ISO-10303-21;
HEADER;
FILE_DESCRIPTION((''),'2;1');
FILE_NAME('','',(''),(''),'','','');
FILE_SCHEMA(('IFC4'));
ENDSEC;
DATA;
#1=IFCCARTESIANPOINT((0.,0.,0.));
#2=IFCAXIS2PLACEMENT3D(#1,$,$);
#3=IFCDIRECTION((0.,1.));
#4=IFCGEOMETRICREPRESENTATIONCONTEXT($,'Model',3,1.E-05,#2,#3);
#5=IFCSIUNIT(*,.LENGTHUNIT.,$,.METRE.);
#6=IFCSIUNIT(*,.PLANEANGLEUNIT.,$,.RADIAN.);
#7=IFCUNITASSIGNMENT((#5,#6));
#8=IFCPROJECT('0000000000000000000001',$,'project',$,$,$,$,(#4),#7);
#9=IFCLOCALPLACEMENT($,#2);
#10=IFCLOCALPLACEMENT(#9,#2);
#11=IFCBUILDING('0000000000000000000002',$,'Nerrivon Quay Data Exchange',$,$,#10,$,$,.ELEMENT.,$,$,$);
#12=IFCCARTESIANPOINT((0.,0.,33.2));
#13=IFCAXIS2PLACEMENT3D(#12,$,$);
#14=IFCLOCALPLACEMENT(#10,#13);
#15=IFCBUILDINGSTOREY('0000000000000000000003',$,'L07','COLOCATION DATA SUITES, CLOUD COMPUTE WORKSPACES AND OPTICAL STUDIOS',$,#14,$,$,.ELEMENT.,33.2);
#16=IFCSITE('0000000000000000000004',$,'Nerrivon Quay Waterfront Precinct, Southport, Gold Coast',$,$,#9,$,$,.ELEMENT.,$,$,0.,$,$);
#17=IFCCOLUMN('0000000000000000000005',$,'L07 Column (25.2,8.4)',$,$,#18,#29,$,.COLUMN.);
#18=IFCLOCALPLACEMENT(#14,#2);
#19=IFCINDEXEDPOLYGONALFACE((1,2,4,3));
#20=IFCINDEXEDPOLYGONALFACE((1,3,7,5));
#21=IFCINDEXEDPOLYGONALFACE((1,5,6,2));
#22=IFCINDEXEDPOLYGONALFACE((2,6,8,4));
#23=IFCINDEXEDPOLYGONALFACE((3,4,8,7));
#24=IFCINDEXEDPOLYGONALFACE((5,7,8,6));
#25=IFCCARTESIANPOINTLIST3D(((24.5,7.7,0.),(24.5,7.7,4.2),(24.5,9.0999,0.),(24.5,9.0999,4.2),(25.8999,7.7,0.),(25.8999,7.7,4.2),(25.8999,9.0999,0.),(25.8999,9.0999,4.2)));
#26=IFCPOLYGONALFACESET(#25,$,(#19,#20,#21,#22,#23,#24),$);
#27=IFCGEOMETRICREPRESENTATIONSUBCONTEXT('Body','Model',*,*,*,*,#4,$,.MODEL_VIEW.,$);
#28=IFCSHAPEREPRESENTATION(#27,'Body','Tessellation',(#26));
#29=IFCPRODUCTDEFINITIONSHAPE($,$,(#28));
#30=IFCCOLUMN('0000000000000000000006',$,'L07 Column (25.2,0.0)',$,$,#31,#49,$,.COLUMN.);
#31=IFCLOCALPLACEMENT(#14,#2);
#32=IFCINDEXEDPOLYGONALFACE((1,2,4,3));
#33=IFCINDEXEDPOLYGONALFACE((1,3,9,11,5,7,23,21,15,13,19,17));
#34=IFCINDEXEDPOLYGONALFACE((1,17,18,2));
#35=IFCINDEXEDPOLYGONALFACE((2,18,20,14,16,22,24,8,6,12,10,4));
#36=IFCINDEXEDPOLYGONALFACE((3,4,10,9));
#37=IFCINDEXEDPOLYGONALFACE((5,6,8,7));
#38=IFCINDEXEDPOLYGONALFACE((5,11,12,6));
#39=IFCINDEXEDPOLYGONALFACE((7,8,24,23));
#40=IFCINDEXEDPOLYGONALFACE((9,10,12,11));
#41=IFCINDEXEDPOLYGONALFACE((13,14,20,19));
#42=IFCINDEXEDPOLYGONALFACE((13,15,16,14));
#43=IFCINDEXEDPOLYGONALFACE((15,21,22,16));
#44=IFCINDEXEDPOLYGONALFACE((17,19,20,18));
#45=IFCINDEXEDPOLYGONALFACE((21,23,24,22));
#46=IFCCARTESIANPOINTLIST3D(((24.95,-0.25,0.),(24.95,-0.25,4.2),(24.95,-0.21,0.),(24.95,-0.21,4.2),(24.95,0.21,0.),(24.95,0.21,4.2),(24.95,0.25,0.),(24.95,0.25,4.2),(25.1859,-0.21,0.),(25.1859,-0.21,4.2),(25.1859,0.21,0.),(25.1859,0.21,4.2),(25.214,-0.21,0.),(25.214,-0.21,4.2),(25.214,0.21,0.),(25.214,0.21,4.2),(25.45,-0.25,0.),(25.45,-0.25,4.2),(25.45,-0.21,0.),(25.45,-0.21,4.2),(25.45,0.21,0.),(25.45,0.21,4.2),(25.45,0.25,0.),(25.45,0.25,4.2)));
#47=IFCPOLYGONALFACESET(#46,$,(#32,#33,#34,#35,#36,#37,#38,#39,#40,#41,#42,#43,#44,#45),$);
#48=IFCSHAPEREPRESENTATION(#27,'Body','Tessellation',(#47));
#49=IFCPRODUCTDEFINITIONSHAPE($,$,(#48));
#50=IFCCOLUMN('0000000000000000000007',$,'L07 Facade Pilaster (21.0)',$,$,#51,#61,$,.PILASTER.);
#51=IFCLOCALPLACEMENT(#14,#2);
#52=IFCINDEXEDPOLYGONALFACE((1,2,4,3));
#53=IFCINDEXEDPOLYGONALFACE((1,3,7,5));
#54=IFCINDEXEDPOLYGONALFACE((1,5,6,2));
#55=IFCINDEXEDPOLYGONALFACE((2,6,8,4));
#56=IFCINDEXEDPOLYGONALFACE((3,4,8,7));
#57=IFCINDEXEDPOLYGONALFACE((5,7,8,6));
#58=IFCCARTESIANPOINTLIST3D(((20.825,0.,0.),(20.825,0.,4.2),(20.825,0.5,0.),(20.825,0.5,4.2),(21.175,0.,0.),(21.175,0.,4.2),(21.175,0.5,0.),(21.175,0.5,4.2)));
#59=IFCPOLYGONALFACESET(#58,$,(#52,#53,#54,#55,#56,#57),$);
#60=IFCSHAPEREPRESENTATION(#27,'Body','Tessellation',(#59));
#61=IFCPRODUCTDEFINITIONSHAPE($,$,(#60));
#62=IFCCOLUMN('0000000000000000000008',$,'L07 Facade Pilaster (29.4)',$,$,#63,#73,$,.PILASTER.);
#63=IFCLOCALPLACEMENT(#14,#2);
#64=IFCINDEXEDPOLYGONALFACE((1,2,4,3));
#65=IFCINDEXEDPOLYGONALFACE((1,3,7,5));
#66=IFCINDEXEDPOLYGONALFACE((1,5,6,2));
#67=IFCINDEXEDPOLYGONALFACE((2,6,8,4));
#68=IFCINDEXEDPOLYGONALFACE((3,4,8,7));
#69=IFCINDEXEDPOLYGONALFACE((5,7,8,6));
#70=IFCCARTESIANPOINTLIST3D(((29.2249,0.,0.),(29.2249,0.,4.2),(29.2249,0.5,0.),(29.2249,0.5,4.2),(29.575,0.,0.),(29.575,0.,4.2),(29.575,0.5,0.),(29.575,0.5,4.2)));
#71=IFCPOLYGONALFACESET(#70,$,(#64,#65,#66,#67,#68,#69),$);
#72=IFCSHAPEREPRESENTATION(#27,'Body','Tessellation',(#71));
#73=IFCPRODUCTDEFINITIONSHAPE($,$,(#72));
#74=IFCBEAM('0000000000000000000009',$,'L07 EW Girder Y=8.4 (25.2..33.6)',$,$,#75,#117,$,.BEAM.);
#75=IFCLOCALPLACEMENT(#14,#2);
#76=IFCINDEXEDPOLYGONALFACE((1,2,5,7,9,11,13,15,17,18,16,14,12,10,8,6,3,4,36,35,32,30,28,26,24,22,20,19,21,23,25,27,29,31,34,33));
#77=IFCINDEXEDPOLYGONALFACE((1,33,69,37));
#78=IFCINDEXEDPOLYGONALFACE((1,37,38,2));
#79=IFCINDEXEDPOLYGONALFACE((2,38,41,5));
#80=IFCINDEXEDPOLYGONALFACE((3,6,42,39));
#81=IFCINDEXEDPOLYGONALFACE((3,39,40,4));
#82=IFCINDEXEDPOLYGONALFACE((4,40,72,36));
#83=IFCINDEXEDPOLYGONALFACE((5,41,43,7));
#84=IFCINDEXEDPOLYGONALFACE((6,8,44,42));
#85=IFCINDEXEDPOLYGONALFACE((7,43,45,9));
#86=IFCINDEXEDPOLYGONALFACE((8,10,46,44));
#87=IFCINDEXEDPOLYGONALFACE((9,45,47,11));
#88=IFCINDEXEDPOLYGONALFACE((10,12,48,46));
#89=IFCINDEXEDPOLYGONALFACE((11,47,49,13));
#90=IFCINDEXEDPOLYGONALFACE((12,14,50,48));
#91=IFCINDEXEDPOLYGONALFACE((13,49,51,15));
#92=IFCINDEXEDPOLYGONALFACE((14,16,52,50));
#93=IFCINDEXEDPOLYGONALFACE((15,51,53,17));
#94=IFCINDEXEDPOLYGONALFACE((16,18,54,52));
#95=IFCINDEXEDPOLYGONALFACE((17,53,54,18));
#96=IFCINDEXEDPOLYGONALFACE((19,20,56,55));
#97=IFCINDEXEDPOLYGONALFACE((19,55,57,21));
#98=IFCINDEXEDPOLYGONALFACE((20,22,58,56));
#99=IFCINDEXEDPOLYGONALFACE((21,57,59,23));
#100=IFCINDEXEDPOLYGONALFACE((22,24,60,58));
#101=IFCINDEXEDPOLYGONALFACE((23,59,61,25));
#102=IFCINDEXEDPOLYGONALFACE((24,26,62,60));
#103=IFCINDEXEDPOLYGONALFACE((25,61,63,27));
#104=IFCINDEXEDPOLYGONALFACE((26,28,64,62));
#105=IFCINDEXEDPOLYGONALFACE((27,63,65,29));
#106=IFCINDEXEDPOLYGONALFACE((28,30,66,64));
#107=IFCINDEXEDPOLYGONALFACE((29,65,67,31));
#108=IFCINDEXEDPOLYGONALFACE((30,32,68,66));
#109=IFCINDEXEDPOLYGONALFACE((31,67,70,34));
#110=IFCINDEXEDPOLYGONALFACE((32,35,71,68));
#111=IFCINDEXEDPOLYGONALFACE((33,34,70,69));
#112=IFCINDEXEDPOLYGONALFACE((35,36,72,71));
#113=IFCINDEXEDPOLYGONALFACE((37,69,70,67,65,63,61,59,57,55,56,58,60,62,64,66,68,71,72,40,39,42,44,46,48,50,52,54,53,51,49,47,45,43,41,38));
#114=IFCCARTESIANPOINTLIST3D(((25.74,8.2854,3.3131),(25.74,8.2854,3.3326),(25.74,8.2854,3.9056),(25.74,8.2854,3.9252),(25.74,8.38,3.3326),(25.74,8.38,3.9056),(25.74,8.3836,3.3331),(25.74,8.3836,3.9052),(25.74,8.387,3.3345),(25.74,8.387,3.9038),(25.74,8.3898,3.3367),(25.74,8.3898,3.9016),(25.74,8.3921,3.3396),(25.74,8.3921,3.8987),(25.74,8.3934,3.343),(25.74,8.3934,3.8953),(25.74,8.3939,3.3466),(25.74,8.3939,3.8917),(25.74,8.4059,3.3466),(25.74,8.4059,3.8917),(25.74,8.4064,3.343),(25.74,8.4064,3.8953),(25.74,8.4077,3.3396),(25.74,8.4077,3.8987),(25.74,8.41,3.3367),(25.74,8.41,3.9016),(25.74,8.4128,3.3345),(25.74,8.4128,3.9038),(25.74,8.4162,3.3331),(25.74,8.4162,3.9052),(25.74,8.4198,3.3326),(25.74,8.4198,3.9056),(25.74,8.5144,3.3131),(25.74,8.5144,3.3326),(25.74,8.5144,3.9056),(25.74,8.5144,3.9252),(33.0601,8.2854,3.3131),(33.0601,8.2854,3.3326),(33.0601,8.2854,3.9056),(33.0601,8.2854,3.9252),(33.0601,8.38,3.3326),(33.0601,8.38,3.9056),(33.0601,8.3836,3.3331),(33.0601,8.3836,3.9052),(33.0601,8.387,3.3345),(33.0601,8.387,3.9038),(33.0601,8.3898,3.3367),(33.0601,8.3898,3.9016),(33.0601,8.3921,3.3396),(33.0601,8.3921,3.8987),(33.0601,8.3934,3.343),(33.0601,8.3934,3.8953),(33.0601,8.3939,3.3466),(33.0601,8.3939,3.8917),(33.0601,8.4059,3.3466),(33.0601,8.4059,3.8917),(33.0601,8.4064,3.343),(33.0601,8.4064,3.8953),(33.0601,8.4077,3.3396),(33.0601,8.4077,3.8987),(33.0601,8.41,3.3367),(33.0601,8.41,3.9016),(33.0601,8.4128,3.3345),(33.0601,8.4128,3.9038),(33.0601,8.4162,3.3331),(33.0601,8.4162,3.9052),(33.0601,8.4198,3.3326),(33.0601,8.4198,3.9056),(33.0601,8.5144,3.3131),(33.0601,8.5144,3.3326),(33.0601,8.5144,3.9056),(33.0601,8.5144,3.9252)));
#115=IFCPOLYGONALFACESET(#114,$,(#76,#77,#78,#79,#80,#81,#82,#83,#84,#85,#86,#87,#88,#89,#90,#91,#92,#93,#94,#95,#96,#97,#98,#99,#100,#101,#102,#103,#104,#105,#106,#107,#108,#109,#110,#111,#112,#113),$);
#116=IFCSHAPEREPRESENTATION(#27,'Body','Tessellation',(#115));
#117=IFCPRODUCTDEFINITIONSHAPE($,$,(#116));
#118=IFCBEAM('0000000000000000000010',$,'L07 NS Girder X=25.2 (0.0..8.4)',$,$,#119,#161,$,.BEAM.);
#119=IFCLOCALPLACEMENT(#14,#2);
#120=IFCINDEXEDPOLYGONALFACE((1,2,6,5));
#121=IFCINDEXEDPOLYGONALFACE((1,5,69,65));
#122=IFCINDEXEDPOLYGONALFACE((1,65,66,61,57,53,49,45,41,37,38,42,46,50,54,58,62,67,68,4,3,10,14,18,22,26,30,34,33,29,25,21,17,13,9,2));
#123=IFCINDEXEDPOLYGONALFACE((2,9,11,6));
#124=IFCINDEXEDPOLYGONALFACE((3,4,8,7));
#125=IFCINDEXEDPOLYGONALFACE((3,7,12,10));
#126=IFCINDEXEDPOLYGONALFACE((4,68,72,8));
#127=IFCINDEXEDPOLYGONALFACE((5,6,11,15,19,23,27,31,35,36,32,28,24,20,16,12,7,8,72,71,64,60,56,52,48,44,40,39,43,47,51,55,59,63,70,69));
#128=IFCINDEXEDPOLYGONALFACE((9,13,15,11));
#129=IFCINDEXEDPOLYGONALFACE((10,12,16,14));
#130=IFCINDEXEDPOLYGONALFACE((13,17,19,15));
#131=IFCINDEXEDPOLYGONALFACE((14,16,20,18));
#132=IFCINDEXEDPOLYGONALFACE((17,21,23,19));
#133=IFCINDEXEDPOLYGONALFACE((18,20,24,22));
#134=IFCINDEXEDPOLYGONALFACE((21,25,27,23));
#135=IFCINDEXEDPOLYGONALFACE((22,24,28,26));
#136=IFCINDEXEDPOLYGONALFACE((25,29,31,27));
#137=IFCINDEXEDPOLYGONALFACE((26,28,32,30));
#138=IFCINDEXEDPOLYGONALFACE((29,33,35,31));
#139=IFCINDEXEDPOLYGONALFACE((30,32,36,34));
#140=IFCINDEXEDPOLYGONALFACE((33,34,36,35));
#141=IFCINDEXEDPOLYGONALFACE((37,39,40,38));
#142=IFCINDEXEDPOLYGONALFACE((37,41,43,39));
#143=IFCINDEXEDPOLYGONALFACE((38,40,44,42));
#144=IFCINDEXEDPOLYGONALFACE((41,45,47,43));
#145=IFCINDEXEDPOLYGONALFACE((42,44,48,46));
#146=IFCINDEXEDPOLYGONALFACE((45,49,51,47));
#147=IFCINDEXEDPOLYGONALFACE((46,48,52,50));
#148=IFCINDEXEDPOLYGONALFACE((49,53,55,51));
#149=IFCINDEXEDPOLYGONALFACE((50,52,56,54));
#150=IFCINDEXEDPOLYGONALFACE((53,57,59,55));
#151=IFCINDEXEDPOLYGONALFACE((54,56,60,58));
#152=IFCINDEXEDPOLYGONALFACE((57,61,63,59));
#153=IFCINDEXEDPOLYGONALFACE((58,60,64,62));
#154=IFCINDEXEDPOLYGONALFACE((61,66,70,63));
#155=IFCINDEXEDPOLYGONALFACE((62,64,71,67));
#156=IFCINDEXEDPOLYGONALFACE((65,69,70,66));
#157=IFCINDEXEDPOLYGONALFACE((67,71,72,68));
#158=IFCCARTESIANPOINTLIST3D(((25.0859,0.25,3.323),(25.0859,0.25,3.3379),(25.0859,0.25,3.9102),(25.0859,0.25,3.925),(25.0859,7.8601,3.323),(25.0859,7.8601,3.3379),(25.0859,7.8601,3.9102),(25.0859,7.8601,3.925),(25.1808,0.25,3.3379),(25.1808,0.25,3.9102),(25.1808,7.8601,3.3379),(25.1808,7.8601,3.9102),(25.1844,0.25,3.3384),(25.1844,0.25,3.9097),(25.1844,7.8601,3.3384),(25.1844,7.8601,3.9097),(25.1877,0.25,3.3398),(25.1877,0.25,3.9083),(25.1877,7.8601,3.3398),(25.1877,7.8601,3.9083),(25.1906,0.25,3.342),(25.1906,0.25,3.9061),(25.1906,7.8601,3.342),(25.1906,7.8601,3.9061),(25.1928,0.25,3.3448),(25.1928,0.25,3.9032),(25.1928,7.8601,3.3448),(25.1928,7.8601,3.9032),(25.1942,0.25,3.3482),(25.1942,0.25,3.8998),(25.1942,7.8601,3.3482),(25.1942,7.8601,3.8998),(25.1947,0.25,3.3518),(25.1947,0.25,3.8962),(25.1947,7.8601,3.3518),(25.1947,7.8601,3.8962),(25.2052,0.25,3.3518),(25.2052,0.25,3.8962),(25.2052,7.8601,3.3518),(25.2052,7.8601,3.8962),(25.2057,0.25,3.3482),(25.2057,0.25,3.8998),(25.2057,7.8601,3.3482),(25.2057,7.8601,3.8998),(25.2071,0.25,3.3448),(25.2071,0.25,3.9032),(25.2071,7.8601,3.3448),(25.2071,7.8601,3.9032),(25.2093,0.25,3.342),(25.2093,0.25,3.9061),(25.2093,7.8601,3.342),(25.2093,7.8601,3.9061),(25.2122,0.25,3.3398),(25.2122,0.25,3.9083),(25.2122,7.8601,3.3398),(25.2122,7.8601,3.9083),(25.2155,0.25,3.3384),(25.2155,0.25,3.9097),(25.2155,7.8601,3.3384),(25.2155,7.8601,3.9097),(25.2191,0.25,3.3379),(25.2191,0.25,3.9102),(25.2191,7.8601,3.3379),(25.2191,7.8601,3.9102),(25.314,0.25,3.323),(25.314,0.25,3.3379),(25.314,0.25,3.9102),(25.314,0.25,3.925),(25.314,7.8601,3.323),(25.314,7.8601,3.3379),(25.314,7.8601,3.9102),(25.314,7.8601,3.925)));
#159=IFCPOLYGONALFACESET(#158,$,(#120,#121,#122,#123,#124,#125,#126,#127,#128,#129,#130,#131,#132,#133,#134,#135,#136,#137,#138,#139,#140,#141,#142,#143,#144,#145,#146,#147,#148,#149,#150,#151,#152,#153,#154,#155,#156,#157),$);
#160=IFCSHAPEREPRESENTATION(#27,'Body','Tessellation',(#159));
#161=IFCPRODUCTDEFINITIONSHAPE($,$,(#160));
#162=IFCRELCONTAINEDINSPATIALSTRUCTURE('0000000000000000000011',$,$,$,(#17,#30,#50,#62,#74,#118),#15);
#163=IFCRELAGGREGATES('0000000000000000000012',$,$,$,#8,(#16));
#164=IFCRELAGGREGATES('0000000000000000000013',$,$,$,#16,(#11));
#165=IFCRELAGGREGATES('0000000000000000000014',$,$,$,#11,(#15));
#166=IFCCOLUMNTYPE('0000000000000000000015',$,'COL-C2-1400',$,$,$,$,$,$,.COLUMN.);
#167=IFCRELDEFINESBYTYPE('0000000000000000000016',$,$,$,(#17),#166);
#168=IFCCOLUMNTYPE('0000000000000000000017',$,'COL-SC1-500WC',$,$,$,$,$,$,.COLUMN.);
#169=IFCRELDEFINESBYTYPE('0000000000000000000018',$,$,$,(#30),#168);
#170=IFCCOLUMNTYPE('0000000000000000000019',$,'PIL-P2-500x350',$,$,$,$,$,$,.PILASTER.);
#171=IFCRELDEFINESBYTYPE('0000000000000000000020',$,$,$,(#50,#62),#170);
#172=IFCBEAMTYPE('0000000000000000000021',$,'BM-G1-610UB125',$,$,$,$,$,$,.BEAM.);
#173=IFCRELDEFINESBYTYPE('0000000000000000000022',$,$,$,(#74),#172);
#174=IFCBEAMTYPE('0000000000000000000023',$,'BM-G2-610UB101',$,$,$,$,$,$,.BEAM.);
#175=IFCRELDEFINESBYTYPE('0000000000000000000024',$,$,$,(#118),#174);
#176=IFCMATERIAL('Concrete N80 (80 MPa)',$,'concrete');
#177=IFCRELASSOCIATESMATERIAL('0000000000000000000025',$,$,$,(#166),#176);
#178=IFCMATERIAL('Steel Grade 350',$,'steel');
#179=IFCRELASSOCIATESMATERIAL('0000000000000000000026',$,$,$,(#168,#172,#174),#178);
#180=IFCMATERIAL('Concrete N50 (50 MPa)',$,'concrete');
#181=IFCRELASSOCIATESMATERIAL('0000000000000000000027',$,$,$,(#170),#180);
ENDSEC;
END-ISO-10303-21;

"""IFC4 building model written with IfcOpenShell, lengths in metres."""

from ifc_helpers import new_model, si_unit, direction, frame, origin, origin_2d, place, context, subcontext, project, spatial, rectangle, i_section, extrude, material, material_profile, profile_set, type_object, element, save


model = new_model("IFC4")

# Units and contexts
model_context = context("Model", 3, precision=1e-05, world=origin(), true_north=direction((0.0, 1.0)))
body_context = subcontext(model_context, "Body", "Model", "MODEL_VIEW")
ifc_project = project(units=[si_unit("LENGTHUNIT", "METRE"), si_unit("PLANEANGLEUNIT", "RADIAN")], contexts=[model_context])

# Site, building, storey
site_placement = place(None, origin())
site = spatial("IfcSite", under=ifc_project, at=site_placement, Name="Nerrivon Quay Waterfront Precinct, Southport, Gold Coast", CompositionType="ELEMENT", RefElevation=0.0)
building_placement = place(site_placement, origin())
building = spatial("IfcBuilding", under=site, at=building_placement, Name="Nerrivon Quay Data Exchange", CompositionType="ELEMENT")
storey_placement = place(building_placement, frame((0.0, 0.0, 33.2)))
storey = spatial("IfcBuildingStorey", under=building, at=storey_placement, Name="L07", Description="COLOCATION DATA SUITES, CLOUD COMPUTE WORKSPACES AND OPTICAL STUDIOS", CompositionType="ELEMENT", Elevation=33.2)

# Columns
ifc_material_1 = material(Name="Concrete N80 (80 MPa)", Category="concrete")
ifc_material_profile_1 = material_profile(ifc_material_1, rectangle(XDim=1.3999, YDim=1.3999, at=origin_2d()), Name="RC-COL-1400x1400")
ifc_profile_set_1 = profile_set([ifc_material_profile_1], Name="Concrete N80 (80 MPa)")
column_type_1 = type_object("IfcColumnType", Name="COL-C2-1400", PredefinedType="COLUMN", material=ifc_profile_set_1)
column_1_placement = place(storey_placement, frame((25.2, 8.3999, 0.0), z_axis=(0.0, 0.0, 1.0), x_axis=(1.0, 0.0, 0.0)))
element("IfcColumn", 1, at=column_1_placement, inside=storey, type_object=column_type_1, Name="L07 Column (25.2,8.4)", PredefinedType="COLUMN", context=body_context, shape_type="SweptSolid", body=[
    extrude(rectangle(XDim=1.3999, YDim=1.3999, at=origin_2d()), origin(), (0.0, 0.0, 1.0), 4.2),
])
ifc_material_2 = material(Name="Steel Grade 350", Category="steel")
ifc_material_profile_2 = material_profile(ifc_material_2, i_section(OverallWidth=0.5, OverallDepth=0.5, WebThickness=0.0281, FlangeThickness=0.04, at=origin_2d()), Name="500WC440")
ifc_profile_set_2 = profile_set([ifc_material_profile_2], Name="Steel Grade 350")
column_type_2 = type_object("IfcColumnType", Name="COL-SC1-500WC", PredefinedType="COLUMN", material=ifc_profile_set_2)
column_2_placement = place(storey_placement, frame((25.2, 0.0, 0.0), z_axis=(0.0, 0.0, 1.0), x_axis=(1.0, 0.0, 0.0)))
element("IfcColumn", 2, at=column_2_placement, inside=storey, type_object=column_type_2, Name="L07 Column (25.2,0.0)", PredefinedType="COLUMN", context=body_context, shape_type="SweptSolid", body=[
    extrude(i_section(OverallWidth=0.5, OverallDepth=0.5, WebThickness=0.0281, FlangeThickness=0.04, at=origin_2d()), origin(), (0.0, 0.0, 1.0), 4.2),
])
ifc_material_3 = material(Name="Concrete N50 (50 MPa)", Category="concrete")
ifc_material_profile_3 = material_profile(ifc_material_3, rectangle(XDim=0.3501, YDim=0.5, at=origin_2d()), Name="RC-PIL-500x350")
ifc_profile_set_3 = profile_set([ifc_material_profile_3], Name="Concrete N50 (50 MPa)")
column_type_3 = type_object("IfcColumnType", Name="PIL-P2-500x350", PredefinedType="PILASTER", material=ifc_profile_set_3)
for number, where, z_axis, x_axis, name in (
    (3, (21.0, 0.25, 0.0), (0.0, 0.0, 1.0), (1.0, 0.0, 0.0), "L07 Facade Pilaster (21.0)"),
    (4, (29.3999, 0.25, 0.0), (0.0, 0.0, 1.0), (1.0, 0.0, 0.0), "L07 Facade Pilaster (29.4)"),
):
    element("IfcColumn", number, at=place(storey_placement, frame(where, z_axis=z_axis, x_axis=x_axis)), inside=storey, type_object=column_type_3, Name=name, PredefinedType="PILASTER", context=body_context, shape_type="SweptSolid", body=[
        extrude(rectangle(XDim=0.3501, YDim=0.5, at=origin_2d()), origin(), (0.0, 0.0, 1.0), 4.2),
    ])

# Beams
ifc_material_profile_4 = material_profile(ifc_material_2, i_section(OverallWidth=0.229, OverallDepth=0.6121, WebThickness=0.012, FlangeThickness=0.0195, FilletRadius=0.0139, at=origin_2d()), Name="610UB125")
ifc_profile_set_4 = profile_set([ifc_material_profile_4], Name="Steel Grade 350")
beam_type_1 = type_object("IfcBeamType", Name="BM-G1-610UB125", PredefinedType="BEAM", material=ifc_profile_set_4)
beam_1_placement = place(storey_placement, frame((25.74, 8.3999, 3.6191), z_axis=(1.0, 0.0, 0.0), x_axis=(0.0, 1.0, 0.0)))
element("IfcBeam", 5, at=beam_1_placement, inside=storey, type_object=beam_type_1, Name="L07 EW Girder Y=8.4 (25.2..33.6)", PredefinedType="BEAM", context=body_context, shape_type="SweptSolid", body=[
    extrude(i_section(OverallWidth=0.229, OverallDepth=0.6121, WebThickness=0.012, FlangeThickness=0.0195, FilletRadius=0.0139, at=origin_2d()), origin(), (0.0, 0.0, 1.0), 7.3201),
])
ifc_material_profile_5 = material_profile(ifc_material_2, i_section(OverallWidth=0.228, OverallDepth=0.6021, WebThickness=0.0105, FlangeThickness=0.0149, FilletRadius=0.0139, at=origin_2d()), Name="610UB101")
ifc_profile_set_5 = profile_set([ifc_material_profile_5], Name="Steel Grade 350")
beam_type_2 = type_object("IfcBeamType", Name="BM-G2-610UB101", PredefinedType="BEAM", material=ifc_profile_set_5)
beam_2_placement = place(storey_placement, frame((25.2, 0.25, 3.624), z_axis=(0.0, 1.0, 0.0), x_axis=(-1.0, 0.0, 0.0)))
element("IfcBeam", 6, at=beam_2_placement, inside=storey, type_object=beam_type_2, Name="L07 NS Girder X=25.2 (0.0..8.4)", PredefinedType="BEAM", context=body_context, shape_type="SweptSolid", body=[
    extrude(i_section(OverallWidth=0.228, OverallDepth=0.6021, WebThickness=0.0105, FlangeThickness=0.0149, FilletRadius=0.0139, at=origin_2d()), origin(), (0.0, 0.0, 1.0), 7.6101),
])

save(model, "model.ifc")
